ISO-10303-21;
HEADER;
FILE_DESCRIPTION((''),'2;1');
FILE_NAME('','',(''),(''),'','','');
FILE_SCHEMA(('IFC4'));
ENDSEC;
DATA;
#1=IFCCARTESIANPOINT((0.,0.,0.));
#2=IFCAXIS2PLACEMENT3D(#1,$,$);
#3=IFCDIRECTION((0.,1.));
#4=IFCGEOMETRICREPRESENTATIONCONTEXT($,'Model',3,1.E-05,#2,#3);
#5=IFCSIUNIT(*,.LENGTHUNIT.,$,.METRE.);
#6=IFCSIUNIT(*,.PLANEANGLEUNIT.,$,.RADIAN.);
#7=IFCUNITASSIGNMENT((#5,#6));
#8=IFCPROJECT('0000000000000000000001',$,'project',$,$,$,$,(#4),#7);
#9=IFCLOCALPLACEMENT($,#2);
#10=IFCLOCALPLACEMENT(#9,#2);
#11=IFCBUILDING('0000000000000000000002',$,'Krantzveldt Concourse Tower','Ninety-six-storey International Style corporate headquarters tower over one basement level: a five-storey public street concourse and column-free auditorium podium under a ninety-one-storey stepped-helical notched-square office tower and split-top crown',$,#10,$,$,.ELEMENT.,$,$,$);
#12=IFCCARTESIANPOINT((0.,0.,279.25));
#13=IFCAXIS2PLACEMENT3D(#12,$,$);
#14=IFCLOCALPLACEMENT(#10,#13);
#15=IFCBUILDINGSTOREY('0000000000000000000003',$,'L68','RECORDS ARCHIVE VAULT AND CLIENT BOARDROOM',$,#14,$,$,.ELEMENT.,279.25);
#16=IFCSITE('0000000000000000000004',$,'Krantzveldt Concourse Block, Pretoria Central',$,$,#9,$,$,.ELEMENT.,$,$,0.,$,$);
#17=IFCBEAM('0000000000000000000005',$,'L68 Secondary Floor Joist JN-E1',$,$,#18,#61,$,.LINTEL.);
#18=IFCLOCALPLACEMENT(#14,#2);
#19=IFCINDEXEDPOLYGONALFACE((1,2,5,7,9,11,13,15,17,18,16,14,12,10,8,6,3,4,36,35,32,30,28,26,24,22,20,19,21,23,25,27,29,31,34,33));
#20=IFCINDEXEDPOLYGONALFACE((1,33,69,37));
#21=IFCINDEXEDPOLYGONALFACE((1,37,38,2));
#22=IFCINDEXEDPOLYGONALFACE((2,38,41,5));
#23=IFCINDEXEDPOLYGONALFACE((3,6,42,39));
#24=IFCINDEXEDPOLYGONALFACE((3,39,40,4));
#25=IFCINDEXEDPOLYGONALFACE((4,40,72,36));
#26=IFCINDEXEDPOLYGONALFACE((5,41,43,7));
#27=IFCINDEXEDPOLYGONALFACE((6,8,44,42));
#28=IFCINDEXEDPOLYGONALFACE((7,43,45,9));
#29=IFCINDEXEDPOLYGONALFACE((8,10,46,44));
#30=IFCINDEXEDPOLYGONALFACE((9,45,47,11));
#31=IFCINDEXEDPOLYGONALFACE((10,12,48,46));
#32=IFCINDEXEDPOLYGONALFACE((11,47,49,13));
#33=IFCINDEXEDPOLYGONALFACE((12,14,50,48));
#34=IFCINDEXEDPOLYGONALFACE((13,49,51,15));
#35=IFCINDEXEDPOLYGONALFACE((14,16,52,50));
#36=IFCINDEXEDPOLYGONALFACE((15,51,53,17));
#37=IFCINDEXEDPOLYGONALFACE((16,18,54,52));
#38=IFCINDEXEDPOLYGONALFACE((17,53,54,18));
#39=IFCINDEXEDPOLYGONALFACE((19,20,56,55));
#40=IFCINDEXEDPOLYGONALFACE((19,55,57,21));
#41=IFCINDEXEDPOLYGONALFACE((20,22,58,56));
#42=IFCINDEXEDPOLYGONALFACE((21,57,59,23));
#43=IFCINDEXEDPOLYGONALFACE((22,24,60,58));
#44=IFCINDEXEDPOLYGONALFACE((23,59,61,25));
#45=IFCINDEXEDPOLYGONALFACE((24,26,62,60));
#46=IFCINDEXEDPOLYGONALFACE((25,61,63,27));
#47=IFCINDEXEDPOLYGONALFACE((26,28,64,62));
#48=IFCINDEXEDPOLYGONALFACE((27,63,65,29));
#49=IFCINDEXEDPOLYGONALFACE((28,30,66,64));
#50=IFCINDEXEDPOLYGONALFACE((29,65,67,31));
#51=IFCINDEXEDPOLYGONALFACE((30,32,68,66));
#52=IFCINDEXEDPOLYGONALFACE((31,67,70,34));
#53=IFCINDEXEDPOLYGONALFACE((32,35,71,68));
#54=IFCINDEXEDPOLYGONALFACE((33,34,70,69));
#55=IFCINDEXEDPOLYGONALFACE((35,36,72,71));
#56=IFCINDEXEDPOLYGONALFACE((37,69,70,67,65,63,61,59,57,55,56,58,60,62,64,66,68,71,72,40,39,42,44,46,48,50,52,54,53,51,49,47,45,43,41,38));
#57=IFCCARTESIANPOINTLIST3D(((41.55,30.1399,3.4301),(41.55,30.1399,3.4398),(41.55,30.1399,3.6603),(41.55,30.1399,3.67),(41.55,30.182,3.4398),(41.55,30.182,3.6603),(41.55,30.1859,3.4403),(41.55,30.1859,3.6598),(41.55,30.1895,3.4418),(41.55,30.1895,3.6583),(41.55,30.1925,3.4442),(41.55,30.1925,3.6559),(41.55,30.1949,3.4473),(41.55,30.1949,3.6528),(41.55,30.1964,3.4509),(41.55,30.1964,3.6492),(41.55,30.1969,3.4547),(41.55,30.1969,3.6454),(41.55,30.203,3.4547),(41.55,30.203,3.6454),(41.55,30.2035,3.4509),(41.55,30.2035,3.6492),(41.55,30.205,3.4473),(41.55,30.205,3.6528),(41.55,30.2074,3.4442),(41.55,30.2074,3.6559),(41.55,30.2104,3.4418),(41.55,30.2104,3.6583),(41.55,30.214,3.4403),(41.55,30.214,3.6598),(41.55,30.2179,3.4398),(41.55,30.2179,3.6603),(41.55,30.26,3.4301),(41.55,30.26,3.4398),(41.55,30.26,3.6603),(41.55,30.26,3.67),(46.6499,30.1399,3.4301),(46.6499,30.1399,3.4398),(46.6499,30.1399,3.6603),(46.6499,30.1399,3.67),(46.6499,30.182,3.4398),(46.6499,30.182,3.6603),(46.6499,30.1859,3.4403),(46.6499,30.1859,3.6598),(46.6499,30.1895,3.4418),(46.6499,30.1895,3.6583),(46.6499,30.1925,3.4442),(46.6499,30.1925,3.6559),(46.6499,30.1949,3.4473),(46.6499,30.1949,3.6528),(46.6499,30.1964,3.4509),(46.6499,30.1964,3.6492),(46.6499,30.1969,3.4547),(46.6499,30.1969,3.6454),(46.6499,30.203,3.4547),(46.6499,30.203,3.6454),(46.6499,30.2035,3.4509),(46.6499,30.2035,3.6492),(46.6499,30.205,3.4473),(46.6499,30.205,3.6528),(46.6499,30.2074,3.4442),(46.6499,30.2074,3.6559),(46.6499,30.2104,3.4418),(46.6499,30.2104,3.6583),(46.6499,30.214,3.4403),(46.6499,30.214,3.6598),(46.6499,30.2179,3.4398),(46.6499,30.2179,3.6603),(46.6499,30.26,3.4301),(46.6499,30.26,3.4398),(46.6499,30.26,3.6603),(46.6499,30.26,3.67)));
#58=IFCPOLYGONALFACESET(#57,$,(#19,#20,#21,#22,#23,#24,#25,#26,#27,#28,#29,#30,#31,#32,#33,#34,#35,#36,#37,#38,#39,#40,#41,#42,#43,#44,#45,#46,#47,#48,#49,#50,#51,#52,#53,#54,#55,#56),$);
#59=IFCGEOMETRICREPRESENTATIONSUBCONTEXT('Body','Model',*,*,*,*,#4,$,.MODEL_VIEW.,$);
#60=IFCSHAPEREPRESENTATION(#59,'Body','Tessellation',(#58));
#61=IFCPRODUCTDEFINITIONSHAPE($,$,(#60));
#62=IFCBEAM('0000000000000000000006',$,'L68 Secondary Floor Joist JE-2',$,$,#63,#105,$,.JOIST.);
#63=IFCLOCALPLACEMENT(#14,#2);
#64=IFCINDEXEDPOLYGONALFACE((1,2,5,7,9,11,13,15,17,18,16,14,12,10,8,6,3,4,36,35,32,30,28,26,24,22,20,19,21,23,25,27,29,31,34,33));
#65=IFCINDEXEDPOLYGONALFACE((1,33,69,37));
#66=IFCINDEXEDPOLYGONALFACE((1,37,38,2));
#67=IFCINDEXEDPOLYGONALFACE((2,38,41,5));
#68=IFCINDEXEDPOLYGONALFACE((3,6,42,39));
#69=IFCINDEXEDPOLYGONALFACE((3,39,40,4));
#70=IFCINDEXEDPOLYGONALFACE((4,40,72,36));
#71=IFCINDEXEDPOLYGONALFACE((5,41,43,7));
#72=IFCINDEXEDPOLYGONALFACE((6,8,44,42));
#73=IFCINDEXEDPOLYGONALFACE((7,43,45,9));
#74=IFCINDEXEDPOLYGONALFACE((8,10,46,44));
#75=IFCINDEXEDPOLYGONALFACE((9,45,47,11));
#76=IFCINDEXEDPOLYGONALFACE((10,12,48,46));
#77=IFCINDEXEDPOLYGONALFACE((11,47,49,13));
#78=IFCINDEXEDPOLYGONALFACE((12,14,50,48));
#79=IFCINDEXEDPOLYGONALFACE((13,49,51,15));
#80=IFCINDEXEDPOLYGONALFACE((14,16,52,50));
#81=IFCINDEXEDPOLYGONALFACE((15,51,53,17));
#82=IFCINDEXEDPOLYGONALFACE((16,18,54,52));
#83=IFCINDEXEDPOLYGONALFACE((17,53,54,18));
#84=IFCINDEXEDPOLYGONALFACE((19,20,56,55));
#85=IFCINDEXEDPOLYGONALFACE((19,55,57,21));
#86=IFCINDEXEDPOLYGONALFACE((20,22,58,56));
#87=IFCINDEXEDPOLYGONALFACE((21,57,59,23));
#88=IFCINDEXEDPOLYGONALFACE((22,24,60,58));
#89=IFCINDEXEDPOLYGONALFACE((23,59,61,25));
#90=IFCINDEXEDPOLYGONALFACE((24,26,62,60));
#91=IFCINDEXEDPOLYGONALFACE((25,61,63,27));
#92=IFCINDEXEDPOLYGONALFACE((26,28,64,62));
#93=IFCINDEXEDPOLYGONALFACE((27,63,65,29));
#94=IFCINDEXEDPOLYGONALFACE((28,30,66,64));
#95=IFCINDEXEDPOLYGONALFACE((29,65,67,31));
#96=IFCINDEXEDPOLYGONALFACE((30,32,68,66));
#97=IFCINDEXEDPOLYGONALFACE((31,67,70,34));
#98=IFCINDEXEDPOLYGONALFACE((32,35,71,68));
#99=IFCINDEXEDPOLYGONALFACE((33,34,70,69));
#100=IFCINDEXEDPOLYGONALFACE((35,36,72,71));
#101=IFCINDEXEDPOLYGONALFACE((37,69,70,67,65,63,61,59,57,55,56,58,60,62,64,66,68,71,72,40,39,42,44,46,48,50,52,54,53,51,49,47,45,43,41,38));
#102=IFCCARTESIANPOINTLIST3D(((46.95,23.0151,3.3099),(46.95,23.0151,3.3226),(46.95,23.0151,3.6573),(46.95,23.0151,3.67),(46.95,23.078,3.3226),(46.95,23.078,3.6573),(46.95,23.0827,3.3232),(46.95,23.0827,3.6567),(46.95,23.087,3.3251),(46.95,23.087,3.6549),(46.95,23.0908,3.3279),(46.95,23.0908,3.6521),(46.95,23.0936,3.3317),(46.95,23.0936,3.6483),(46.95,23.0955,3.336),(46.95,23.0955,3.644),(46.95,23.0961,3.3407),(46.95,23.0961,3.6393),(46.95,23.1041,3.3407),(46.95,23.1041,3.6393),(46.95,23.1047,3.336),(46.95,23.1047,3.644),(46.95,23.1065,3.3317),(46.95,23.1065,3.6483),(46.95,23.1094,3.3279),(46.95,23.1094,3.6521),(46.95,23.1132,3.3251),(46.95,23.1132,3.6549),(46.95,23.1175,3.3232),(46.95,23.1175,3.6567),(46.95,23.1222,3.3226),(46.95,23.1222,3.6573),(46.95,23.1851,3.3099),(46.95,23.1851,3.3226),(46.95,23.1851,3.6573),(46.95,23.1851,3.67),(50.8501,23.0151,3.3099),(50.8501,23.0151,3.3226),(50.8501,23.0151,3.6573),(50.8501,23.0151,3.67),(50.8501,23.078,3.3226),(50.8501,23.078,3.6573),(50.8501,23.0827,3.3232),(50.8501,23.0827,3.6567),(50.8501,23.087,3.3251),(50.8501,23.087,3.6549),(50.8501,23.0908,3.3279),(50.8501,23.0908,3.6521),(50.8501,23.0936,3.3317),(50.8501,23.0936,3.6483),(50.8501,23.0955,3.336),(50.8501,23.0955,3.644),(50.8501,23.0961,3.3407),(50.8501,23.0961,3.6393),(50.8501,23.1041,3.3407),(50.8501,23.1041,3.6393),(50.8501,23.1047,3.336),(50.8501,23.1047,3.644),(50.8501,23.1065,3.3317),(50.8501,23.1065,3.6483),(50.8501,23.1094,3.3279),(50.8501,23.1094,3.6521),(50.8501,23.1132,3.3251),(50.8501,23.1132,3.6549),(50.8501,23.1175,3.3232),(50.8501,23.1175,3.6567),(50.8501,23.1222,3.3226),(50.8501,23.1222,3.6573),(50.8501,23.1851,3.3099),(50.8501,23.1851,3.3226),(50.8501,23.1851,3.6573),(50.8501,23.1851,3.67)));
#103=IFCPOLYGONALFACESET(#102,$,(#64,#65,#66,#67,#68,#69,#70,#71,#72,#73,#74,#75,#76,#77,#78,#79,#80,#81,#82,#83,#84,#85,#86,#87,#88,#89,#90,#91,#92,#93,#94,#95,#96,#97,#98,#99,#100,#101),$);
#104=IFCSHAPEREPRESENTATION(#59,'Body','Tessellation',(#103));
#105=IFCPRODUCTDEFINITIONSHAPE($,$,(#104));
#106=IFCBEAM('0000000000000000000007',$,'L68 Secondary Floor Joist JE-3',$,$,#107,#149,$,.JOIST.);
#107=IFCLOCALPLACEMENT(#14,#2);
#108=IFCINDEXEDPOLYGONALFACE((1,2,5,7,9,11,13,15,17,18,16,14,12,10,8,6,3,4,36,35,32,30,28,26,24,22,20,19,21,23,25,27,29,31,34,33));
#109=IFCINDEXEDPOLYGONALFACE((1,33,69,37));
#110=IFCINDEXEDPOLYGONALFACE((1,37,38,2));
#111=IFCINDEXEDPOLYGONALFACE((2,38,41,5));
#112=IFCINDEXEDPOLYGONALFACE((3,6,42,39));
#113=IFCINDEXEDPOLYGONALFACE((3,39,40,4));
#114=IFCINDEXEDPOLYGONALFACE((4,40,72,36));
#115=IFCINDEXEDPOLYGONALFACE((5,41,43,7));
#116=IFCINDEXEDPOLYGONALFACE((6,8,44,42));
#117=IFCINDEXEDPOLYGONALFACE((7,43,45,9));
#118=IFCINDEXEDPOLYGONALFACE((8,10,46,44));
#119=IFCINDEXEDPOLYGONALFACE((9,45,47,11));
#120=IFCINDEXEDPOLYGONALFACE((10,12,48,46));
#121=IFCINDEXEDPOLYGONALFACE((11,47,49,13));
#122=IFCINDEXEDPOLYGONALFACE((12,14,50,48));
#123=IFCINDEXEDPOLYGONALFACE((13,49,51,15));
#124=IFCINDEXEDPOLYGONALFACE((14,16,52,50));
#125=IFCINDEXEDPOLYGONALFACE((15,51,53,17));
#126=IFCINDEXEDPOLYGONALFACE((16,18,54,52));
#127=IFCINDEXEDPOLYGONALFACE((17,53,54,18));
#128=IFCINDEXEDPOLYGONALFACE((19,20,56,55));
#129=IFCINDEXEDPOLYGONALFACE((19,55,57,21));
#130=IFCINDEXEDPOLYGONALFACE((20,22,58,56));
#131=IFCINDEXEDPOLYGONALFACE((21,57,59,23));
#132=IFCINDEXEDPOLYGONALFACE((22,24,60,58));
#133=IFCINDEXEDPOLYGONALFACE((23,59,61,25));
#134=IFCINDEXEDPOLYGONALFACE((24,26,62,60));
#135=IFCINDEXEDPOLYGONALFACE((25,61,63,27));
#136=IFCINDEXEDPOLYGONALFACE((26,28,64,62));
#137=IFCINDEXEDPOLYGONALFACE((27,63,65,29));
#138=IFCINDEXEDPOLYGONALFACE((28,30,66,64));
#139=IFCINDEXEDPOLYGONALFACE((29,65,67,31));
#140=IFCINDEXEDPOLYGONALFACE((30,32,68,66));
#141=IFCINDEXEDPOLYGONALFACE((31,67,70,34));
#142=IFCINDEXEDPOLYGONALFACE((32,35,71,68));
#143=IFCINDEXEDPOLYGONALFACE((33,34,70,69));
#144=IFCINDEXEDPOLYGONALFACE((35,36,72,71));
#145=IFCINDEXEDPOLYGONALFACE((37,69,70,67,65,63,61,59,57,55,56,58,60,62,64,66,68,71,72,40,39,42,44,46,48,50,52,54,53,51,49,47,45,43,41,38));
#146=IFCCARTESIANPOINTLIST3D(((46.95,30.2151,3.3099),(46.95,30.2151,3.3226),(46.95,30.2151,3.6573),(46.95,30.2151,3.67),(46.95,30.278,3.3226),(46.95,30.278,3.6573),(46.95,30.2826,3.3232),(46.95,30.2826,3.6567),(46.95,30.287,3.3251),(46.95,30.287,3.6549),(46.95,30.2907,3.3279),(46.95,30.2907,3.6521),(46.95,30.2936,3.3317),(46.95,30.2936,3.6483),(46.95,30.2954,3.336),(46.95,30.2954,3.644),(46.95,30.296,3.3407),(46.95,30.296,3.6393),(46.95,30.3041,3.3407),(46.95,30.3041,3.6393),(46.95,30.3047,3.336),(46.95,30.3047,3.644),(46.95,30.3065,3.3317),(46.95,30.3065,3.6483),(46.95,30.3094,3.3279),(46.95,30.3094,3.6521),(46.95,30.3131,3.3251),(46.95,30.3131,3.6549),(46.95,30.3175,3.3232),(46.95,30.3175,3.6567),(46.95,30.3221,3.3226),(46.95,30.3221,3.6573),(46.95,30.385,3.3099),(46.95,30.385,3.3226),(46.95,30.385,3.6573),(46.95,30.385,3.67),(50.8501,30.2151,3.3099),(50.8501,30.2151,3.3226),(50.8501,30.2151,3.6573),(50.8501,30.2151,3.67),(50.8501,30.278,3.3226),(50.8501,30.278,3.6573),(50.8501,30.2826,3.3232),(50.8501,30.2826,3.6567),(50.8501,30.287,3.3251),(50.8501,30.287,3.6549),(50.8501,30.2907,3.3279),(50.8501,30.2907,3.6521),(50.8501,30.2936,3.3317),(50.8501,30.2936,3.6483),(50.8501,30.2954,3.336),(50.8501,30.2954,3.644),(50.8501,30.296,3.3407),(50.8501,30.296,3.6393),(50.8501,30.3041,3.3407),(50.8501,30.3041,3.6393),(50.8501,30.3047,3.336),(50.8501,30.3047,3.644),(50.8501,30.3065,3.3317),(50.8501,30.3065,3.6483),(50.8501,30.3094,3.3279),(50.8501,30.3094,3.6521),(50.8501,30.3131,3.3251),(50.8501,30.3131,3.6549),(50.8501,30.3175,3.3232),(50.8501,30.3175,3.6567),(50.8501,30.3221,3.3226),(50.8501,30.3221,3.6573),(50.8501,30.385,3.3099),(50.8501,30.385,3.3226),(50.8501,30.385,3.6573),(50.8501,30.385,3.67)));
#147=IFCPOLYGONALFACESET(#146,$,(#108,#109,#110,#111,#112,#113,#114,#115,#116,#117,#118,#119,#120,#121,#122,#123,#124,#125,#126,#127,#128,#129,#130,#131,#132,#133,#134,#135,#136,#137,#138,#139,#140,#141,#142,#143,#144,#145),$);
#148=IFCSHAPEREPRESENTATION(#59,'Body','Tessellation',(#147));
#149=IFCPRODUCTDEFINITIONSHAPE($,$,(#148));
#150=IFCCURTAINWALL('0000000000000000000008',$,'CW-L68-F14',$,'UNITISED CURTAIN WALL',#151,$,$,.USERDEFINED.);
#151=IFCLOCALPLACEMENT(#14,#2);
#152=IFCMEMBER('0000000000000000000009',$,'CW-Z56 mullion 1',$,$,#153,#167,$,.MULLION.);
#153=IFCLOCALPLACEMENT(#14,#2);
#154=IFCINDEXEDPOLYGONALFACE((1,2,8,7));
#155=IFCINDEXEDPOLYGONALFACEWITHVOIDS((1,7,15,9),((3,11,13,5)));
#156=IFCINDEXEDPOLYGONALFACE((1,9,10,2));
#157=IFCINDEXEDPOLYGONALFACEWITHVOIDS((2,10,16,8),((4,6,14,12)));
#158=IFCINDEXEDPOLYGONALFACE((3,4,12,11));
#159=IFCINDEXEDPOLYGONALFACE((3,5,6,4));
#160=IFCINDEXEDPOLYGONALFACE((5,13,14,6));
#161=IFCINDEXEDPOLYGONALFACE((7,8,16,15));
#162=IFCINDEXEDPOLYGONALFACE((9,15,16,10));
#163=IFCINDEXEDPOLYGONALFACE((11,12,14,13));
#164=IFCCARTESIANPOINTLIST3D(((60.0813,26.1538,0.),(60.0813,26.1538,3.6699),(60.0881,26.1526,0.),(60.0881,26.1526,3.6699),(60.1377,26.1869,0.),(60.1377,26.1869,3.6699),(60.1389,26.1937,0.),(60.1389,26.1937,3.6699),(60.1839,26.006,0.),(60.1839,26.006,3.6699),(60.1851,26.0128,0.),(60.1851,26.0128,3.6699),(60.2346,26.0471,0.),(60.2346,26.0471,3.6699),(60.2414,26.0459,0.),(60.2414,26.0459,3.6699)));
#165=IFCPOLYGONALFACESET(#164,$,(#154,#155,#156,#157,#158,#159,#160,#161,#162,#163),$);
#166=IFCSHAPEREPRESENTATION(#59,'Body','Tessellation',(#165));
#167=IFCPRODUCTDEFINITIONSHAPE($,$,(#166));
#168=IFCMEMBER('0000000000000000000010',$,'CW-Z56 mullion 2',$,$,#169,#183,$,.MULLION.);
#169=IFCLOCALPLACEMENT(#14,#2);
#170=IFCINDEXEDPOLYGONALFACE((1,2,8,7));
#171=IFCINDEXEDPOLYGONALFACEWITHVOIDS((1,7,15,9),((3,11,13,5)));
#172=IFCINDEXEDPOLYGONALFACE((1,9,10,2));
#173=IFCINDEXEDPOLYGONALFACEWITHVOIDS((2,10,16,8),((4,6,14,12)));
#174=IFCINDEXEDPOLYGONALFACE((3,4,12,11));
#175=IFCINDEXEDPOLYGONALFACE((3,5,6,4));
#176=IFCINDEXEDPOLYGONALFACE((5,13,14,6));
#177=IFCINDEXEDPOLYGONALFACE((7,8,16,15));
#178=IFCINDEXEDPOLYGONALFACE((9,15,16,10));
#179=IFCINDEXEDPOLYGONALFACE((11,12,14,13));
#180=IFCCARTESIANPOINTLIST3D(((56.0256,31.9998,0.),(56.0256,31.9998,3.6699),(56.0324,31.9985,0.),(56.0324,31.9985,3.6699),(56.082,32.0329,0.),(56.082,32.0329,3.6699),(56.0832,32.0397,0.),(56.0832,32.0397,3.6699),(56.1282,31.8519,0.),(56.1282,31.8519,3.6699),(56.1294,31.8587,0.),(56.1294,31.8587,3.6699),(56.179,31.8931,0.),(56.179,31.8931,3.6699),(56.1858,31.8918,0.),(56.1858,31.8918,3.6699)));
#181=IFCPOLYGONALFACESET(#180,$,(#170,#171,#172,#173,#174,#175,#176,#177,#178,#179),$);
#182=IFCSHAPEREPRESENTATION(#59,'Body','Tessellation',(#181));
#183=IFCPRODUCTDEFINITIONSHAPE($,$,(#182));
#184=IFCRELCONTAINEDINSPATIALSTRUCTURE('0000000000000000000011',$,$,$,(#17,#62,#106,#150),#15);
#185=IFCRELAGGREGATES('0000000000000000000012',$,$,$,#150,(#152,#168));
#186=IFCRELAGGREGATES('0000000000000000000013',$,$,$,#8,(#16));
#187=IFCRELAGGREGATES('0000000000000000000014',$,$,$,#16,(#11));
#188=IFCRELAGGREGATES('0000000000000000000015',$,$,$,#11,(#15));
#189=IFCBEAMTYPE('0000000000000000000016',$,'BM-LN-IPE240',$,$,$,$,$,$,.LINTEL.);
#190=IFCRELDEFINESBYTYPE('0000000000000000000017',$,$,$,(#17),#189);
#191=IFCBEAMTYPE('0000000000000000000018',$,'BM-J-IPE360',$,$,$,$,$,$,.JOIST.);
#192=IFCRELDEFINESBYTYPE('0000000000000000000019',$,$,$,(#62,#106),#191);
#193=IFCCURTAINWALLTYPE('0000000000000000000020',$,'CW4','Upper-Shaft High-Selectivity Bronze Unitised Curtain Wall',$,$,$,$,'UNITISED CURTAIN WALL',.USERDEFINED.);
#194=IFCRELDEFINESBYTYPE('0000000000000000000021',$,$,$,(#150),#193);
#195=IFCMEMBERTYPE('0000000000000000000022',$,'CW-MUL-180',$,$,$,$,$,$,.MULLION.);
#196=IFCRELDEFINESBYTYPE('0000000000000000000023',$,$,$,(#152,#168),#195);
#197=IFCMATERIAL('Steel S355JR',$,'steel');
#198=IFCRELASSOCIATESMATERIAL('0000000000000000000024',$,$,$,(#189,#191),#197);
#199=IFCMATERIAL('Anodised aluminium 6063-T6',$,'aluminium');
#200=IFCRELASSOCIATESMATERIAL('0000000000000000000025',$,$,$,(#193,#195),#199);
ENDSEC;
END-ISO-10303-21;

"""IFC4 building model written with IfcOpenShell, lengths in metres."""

from ifc_helpers import new_model, si_unit, direction, frame, origin, origin_2d, place, context, subcontext, project, spatial, hollow_rectangle, i_section, extrude, source, transform, mapped, material, material_profile, profile_set, type_object, type_shapes, element, aggregate, save


model = new_model("IFC4")

# Units and contexts
model_context = context("Model", 3, precision=1e-05, world=origin(), true_north=direction((0.0, 1.0)))
body_context = subcontext(model_context, "Body", "Model", "MODEL_VIEW")
ifc_project = project(units=[si_unit("LENGTHUNIT", "METRE"), si_unit("PLANEANGLEUNIT", "RADIAN")], contexts=[model_context])

# Site, building, storey
site_placement = place(None, origin())
site = spatial("IfcSite", under=ifc_project, at=site_placement, Name="Krantzveldt Concourse Block, Pretoria Central", CompositionType="ELEMENT", RefElevation=0.0)
building_placement = place(site_placement, origin())
building = spatial("IfcBuilding", under=site, at=building_placement, Name="Krantzveldt Concourse Tower", Description="Ninety-six-storey International Style corporate headquarters tower over one basement level: a five-storey public street concourse and column-free auditorium podium under a ninety-one-storey stepped-helical notched-square office tower and split-top crown", CompositionType="ELEMENT")
storey_placement = place(building_placement, frame((0.0, 0.0, 279.25)))
storey = spatial("IfcBuildingStorey", under=building, at=storey_placement, Name="L68", Description="RECORDS ARCHIVE VAULT AND CLIENT BOARDROOM", CompositionType="ELEMENT", Elevation=279.25)

# Beams
ifc_material_1 = material(Name="Steel S355JR", Category="steel")
ifc_material_profile_1 = material_profile(ifc_material_1, i_section(OverallWidth=0.1201, OverallDepth=0.24, WebThickness=0.0061, FlangeThickness=0.0098, FilletRadius=0.0149, at=origin_2d()), Name="Steel S355JR", Category="steel")
ifc_profile_set_1 = profile_set([ifc_material_profile_1], Name="Steel S355JR - IPE 240")
beam_type_1 = type_object("IfcBeamType", Name="BM-LN-IPE240", PredefinedType="LINTEL", material=ifc_profile_set_1)
shared_shape_1 = source(origin(), body_context, "Body", "SweptSolid", [
    extrude(i_section(OverallWidth=0.1201, OverallDepth=0.24, WebThickness=0.0061, FlangeThickness=0.0098, FilletRadius=0.0149, at=origin_2d()), origin(), (0.0, 0.0, 1.0), 5.0999),
])
type_shapes(beam_type_1, [shared_shape_1])
beam_1_placement = place(storey_placement, frame((41.55, 30.2, 3.55), z_axis=(1.0, 0.0, 0.0), x_axis=(0.0, 1.0, 0.0)))
element("IfcBeam", 1, at=beam_1_placement, inside=storey, type_object=beam_type_1, Name="L68 Secondary Floor Joist JN-E1", PredefinedType="LINTEL", context=body_context, shape_type="MappedRepresentation", body=[
    mapped(shared_shape_1, transform((0.0, 0.0, 0.0), x_axis=(1.0, 0.0, 0.0), y_axis=(0.0, 1.0, 0.0), z_axis=(0.0, 0.0, 1.0), scale=1.0)),
])
ifc_material_profile_2 = material_profile(ifc_material_1, i_section(OverallWidth=0.1699, OverallDepth=0.3601, WebThickness=0.0081, FlangeThickness=0.0127, FilletRadius=0.0181, at=origin_2d()), Name="Steel S355JR", Category="steel")
ifc_profile_set_2 = profile_set([ifc_material_profile_2], Name="Steel S355JR - IPE 360")
beam_type_2 = type_object("IfcBeamType", Name="BM-J-IPE360", PredefinedType="JOIST", material=ifc_profile_set_2)
shared_shape_2 = source(origin(), body_context, "Body", "SweptSolid", [
    extrude(i_section(OverallWidth=0.1699, OverallDepth=0.3601, WebThickness=0.0081, FlangeThickness=0.0127, FilletRadius=0.0181, at=origin_2d()), origin(), (0.0, 0.0, 1.0), 3.9001),
])
type_shapes(beam_type_2, [shared_shape_2])
for number, where, z_axis, x_axis, name in (
    (2, (46.95, 23.1001, 3.49), (1.0, 0.0, 0.0), (0.0, 1.0, 0.0), "L68 Secondary Floor Joist JE-2"),
    (3, (46.95, 30.3, 3.49), (1.0, 0.0, 0.0), (0.0, 1.0, 0.0), "L68 Secondary Floor Joist JE-3"),
):
    element("IfcBeam", number, at=place(storey_placement, frame(where, z_axis=z_axis, x_axis=x_axis)), inside=storey, type_object=beam_type_2, Name=name, PredefinedType="JOIST", context=body_context, shape_type="MappedRepresentation", body=[
        mapped(shared_shape_2, transform((0.0, 0.0, 0.0), x_axis=(1.0, 0.0, 0.0), y_axis=(0.0, 1.0, 0.0), z_axis=(0.0, 0.0, 1.0), scale=1.0)),
    ])

# Curtain wall, members
ifc_material_2 = material(Name="Anodised aluminium 6063-T6", Category="aluminium")
curtain_wall_type = type_object("IfcCurtainWallType", Name="CW4", Description="Upper-Shaft High-Selectivity Bronze Unitised Curtain Wall", ElementType="UNITISED CURTAIN WALL", PredefinedType="USERDEFINED", material=ifc_material_2)
curtain_wall_placement = place(storey_placement, origin())
curtain_wall = element("IfcCurtainWall", 4, at=curtain_wall_placement, inside=storey, type_object=curtain_wall_type, Name="CW-L68-F14", ObjectType="UNITISED CURTAIN WALL", PredefinedType="USERDEFINED")
ifc_material_profile_3 = material_profile(ifc_material_2, hollow_rectangle(XDim=0.0701, YDim=0.1799, WallThickness=0.0049, at=origin_2d()), Name="Anodised aluminium 6063-T6", Category="aluminium")
ifc_profile_set_3 = profile_set([ifc_material_profile_3], Name="Anodised aluminium 6063-T6 - ALU-MULL 180x70x5")
member_type_1 = type_object("IfcMemberType", Name="CW-MUL-180", PredefinedType="MULLION", material=ifc_profile_set_3)
shared_shape_3 = source(origin(), body_context, "Body", "SweptSolid", [
    extrude(hollow_rectangle(XDim=0.0701, YDim=0.1799, WallThickness=0.0049, at=origin_2d()), origin(), (0.0, 0.0, 1.0), 3.6699),
])
type_shapes(member_type_1, [shared_shape_3])
member_1_placement = place(storey_placement, frame((60.1614, 26.0999, 0.0), z_axis=(0.0, 0.0, 1.0), x_axis=(-0.821647, -0.569997, 0.0)))
member_1 = element("IfcMember", 5, at=member_1_placement, type_object=member_type_1, Name="CW-Z56 mullion 1", PredefinedType="MULLION", context=body_context, shape_type="MappedRepresentation", body=[
    mapped(shared_shape_3, transform((0.0, 0.0, 0.0), x_axis=(1.0, 0.0, 0.0), y_axis=(0.0, 1.0, 0.0), z_axis=(0.0, 0.0, 1.0), scale=1.0)),
])
member_2_placement = place(storey_placement, frame((56.1057, 31.9458, 0.0), z_axis=(0.0, 0.0, 1.0), x_axis=(-0.821647, -0.569997, 0.0)))
member_2 = element("IfcMember", 6, at=member_2_placement, type_object=member_type_1, Name="CW-Z56 mullion 2", PredefinedType="MULLION", context=body_context, shape_type="MappedRepresentation", body=[
    mapped(shared_shape_3, transform((0.0, 0.0, 0.0), x_axis=(1.0, 0.0, 0.0), y_axis=(0.0, 1.0, 0.0), z_axis=(0.0, 0.0, 1.0), scale=1.0)),
])
aggregate(curtain_wall, [member_1, member_2])

save(model, "model.ifc")
